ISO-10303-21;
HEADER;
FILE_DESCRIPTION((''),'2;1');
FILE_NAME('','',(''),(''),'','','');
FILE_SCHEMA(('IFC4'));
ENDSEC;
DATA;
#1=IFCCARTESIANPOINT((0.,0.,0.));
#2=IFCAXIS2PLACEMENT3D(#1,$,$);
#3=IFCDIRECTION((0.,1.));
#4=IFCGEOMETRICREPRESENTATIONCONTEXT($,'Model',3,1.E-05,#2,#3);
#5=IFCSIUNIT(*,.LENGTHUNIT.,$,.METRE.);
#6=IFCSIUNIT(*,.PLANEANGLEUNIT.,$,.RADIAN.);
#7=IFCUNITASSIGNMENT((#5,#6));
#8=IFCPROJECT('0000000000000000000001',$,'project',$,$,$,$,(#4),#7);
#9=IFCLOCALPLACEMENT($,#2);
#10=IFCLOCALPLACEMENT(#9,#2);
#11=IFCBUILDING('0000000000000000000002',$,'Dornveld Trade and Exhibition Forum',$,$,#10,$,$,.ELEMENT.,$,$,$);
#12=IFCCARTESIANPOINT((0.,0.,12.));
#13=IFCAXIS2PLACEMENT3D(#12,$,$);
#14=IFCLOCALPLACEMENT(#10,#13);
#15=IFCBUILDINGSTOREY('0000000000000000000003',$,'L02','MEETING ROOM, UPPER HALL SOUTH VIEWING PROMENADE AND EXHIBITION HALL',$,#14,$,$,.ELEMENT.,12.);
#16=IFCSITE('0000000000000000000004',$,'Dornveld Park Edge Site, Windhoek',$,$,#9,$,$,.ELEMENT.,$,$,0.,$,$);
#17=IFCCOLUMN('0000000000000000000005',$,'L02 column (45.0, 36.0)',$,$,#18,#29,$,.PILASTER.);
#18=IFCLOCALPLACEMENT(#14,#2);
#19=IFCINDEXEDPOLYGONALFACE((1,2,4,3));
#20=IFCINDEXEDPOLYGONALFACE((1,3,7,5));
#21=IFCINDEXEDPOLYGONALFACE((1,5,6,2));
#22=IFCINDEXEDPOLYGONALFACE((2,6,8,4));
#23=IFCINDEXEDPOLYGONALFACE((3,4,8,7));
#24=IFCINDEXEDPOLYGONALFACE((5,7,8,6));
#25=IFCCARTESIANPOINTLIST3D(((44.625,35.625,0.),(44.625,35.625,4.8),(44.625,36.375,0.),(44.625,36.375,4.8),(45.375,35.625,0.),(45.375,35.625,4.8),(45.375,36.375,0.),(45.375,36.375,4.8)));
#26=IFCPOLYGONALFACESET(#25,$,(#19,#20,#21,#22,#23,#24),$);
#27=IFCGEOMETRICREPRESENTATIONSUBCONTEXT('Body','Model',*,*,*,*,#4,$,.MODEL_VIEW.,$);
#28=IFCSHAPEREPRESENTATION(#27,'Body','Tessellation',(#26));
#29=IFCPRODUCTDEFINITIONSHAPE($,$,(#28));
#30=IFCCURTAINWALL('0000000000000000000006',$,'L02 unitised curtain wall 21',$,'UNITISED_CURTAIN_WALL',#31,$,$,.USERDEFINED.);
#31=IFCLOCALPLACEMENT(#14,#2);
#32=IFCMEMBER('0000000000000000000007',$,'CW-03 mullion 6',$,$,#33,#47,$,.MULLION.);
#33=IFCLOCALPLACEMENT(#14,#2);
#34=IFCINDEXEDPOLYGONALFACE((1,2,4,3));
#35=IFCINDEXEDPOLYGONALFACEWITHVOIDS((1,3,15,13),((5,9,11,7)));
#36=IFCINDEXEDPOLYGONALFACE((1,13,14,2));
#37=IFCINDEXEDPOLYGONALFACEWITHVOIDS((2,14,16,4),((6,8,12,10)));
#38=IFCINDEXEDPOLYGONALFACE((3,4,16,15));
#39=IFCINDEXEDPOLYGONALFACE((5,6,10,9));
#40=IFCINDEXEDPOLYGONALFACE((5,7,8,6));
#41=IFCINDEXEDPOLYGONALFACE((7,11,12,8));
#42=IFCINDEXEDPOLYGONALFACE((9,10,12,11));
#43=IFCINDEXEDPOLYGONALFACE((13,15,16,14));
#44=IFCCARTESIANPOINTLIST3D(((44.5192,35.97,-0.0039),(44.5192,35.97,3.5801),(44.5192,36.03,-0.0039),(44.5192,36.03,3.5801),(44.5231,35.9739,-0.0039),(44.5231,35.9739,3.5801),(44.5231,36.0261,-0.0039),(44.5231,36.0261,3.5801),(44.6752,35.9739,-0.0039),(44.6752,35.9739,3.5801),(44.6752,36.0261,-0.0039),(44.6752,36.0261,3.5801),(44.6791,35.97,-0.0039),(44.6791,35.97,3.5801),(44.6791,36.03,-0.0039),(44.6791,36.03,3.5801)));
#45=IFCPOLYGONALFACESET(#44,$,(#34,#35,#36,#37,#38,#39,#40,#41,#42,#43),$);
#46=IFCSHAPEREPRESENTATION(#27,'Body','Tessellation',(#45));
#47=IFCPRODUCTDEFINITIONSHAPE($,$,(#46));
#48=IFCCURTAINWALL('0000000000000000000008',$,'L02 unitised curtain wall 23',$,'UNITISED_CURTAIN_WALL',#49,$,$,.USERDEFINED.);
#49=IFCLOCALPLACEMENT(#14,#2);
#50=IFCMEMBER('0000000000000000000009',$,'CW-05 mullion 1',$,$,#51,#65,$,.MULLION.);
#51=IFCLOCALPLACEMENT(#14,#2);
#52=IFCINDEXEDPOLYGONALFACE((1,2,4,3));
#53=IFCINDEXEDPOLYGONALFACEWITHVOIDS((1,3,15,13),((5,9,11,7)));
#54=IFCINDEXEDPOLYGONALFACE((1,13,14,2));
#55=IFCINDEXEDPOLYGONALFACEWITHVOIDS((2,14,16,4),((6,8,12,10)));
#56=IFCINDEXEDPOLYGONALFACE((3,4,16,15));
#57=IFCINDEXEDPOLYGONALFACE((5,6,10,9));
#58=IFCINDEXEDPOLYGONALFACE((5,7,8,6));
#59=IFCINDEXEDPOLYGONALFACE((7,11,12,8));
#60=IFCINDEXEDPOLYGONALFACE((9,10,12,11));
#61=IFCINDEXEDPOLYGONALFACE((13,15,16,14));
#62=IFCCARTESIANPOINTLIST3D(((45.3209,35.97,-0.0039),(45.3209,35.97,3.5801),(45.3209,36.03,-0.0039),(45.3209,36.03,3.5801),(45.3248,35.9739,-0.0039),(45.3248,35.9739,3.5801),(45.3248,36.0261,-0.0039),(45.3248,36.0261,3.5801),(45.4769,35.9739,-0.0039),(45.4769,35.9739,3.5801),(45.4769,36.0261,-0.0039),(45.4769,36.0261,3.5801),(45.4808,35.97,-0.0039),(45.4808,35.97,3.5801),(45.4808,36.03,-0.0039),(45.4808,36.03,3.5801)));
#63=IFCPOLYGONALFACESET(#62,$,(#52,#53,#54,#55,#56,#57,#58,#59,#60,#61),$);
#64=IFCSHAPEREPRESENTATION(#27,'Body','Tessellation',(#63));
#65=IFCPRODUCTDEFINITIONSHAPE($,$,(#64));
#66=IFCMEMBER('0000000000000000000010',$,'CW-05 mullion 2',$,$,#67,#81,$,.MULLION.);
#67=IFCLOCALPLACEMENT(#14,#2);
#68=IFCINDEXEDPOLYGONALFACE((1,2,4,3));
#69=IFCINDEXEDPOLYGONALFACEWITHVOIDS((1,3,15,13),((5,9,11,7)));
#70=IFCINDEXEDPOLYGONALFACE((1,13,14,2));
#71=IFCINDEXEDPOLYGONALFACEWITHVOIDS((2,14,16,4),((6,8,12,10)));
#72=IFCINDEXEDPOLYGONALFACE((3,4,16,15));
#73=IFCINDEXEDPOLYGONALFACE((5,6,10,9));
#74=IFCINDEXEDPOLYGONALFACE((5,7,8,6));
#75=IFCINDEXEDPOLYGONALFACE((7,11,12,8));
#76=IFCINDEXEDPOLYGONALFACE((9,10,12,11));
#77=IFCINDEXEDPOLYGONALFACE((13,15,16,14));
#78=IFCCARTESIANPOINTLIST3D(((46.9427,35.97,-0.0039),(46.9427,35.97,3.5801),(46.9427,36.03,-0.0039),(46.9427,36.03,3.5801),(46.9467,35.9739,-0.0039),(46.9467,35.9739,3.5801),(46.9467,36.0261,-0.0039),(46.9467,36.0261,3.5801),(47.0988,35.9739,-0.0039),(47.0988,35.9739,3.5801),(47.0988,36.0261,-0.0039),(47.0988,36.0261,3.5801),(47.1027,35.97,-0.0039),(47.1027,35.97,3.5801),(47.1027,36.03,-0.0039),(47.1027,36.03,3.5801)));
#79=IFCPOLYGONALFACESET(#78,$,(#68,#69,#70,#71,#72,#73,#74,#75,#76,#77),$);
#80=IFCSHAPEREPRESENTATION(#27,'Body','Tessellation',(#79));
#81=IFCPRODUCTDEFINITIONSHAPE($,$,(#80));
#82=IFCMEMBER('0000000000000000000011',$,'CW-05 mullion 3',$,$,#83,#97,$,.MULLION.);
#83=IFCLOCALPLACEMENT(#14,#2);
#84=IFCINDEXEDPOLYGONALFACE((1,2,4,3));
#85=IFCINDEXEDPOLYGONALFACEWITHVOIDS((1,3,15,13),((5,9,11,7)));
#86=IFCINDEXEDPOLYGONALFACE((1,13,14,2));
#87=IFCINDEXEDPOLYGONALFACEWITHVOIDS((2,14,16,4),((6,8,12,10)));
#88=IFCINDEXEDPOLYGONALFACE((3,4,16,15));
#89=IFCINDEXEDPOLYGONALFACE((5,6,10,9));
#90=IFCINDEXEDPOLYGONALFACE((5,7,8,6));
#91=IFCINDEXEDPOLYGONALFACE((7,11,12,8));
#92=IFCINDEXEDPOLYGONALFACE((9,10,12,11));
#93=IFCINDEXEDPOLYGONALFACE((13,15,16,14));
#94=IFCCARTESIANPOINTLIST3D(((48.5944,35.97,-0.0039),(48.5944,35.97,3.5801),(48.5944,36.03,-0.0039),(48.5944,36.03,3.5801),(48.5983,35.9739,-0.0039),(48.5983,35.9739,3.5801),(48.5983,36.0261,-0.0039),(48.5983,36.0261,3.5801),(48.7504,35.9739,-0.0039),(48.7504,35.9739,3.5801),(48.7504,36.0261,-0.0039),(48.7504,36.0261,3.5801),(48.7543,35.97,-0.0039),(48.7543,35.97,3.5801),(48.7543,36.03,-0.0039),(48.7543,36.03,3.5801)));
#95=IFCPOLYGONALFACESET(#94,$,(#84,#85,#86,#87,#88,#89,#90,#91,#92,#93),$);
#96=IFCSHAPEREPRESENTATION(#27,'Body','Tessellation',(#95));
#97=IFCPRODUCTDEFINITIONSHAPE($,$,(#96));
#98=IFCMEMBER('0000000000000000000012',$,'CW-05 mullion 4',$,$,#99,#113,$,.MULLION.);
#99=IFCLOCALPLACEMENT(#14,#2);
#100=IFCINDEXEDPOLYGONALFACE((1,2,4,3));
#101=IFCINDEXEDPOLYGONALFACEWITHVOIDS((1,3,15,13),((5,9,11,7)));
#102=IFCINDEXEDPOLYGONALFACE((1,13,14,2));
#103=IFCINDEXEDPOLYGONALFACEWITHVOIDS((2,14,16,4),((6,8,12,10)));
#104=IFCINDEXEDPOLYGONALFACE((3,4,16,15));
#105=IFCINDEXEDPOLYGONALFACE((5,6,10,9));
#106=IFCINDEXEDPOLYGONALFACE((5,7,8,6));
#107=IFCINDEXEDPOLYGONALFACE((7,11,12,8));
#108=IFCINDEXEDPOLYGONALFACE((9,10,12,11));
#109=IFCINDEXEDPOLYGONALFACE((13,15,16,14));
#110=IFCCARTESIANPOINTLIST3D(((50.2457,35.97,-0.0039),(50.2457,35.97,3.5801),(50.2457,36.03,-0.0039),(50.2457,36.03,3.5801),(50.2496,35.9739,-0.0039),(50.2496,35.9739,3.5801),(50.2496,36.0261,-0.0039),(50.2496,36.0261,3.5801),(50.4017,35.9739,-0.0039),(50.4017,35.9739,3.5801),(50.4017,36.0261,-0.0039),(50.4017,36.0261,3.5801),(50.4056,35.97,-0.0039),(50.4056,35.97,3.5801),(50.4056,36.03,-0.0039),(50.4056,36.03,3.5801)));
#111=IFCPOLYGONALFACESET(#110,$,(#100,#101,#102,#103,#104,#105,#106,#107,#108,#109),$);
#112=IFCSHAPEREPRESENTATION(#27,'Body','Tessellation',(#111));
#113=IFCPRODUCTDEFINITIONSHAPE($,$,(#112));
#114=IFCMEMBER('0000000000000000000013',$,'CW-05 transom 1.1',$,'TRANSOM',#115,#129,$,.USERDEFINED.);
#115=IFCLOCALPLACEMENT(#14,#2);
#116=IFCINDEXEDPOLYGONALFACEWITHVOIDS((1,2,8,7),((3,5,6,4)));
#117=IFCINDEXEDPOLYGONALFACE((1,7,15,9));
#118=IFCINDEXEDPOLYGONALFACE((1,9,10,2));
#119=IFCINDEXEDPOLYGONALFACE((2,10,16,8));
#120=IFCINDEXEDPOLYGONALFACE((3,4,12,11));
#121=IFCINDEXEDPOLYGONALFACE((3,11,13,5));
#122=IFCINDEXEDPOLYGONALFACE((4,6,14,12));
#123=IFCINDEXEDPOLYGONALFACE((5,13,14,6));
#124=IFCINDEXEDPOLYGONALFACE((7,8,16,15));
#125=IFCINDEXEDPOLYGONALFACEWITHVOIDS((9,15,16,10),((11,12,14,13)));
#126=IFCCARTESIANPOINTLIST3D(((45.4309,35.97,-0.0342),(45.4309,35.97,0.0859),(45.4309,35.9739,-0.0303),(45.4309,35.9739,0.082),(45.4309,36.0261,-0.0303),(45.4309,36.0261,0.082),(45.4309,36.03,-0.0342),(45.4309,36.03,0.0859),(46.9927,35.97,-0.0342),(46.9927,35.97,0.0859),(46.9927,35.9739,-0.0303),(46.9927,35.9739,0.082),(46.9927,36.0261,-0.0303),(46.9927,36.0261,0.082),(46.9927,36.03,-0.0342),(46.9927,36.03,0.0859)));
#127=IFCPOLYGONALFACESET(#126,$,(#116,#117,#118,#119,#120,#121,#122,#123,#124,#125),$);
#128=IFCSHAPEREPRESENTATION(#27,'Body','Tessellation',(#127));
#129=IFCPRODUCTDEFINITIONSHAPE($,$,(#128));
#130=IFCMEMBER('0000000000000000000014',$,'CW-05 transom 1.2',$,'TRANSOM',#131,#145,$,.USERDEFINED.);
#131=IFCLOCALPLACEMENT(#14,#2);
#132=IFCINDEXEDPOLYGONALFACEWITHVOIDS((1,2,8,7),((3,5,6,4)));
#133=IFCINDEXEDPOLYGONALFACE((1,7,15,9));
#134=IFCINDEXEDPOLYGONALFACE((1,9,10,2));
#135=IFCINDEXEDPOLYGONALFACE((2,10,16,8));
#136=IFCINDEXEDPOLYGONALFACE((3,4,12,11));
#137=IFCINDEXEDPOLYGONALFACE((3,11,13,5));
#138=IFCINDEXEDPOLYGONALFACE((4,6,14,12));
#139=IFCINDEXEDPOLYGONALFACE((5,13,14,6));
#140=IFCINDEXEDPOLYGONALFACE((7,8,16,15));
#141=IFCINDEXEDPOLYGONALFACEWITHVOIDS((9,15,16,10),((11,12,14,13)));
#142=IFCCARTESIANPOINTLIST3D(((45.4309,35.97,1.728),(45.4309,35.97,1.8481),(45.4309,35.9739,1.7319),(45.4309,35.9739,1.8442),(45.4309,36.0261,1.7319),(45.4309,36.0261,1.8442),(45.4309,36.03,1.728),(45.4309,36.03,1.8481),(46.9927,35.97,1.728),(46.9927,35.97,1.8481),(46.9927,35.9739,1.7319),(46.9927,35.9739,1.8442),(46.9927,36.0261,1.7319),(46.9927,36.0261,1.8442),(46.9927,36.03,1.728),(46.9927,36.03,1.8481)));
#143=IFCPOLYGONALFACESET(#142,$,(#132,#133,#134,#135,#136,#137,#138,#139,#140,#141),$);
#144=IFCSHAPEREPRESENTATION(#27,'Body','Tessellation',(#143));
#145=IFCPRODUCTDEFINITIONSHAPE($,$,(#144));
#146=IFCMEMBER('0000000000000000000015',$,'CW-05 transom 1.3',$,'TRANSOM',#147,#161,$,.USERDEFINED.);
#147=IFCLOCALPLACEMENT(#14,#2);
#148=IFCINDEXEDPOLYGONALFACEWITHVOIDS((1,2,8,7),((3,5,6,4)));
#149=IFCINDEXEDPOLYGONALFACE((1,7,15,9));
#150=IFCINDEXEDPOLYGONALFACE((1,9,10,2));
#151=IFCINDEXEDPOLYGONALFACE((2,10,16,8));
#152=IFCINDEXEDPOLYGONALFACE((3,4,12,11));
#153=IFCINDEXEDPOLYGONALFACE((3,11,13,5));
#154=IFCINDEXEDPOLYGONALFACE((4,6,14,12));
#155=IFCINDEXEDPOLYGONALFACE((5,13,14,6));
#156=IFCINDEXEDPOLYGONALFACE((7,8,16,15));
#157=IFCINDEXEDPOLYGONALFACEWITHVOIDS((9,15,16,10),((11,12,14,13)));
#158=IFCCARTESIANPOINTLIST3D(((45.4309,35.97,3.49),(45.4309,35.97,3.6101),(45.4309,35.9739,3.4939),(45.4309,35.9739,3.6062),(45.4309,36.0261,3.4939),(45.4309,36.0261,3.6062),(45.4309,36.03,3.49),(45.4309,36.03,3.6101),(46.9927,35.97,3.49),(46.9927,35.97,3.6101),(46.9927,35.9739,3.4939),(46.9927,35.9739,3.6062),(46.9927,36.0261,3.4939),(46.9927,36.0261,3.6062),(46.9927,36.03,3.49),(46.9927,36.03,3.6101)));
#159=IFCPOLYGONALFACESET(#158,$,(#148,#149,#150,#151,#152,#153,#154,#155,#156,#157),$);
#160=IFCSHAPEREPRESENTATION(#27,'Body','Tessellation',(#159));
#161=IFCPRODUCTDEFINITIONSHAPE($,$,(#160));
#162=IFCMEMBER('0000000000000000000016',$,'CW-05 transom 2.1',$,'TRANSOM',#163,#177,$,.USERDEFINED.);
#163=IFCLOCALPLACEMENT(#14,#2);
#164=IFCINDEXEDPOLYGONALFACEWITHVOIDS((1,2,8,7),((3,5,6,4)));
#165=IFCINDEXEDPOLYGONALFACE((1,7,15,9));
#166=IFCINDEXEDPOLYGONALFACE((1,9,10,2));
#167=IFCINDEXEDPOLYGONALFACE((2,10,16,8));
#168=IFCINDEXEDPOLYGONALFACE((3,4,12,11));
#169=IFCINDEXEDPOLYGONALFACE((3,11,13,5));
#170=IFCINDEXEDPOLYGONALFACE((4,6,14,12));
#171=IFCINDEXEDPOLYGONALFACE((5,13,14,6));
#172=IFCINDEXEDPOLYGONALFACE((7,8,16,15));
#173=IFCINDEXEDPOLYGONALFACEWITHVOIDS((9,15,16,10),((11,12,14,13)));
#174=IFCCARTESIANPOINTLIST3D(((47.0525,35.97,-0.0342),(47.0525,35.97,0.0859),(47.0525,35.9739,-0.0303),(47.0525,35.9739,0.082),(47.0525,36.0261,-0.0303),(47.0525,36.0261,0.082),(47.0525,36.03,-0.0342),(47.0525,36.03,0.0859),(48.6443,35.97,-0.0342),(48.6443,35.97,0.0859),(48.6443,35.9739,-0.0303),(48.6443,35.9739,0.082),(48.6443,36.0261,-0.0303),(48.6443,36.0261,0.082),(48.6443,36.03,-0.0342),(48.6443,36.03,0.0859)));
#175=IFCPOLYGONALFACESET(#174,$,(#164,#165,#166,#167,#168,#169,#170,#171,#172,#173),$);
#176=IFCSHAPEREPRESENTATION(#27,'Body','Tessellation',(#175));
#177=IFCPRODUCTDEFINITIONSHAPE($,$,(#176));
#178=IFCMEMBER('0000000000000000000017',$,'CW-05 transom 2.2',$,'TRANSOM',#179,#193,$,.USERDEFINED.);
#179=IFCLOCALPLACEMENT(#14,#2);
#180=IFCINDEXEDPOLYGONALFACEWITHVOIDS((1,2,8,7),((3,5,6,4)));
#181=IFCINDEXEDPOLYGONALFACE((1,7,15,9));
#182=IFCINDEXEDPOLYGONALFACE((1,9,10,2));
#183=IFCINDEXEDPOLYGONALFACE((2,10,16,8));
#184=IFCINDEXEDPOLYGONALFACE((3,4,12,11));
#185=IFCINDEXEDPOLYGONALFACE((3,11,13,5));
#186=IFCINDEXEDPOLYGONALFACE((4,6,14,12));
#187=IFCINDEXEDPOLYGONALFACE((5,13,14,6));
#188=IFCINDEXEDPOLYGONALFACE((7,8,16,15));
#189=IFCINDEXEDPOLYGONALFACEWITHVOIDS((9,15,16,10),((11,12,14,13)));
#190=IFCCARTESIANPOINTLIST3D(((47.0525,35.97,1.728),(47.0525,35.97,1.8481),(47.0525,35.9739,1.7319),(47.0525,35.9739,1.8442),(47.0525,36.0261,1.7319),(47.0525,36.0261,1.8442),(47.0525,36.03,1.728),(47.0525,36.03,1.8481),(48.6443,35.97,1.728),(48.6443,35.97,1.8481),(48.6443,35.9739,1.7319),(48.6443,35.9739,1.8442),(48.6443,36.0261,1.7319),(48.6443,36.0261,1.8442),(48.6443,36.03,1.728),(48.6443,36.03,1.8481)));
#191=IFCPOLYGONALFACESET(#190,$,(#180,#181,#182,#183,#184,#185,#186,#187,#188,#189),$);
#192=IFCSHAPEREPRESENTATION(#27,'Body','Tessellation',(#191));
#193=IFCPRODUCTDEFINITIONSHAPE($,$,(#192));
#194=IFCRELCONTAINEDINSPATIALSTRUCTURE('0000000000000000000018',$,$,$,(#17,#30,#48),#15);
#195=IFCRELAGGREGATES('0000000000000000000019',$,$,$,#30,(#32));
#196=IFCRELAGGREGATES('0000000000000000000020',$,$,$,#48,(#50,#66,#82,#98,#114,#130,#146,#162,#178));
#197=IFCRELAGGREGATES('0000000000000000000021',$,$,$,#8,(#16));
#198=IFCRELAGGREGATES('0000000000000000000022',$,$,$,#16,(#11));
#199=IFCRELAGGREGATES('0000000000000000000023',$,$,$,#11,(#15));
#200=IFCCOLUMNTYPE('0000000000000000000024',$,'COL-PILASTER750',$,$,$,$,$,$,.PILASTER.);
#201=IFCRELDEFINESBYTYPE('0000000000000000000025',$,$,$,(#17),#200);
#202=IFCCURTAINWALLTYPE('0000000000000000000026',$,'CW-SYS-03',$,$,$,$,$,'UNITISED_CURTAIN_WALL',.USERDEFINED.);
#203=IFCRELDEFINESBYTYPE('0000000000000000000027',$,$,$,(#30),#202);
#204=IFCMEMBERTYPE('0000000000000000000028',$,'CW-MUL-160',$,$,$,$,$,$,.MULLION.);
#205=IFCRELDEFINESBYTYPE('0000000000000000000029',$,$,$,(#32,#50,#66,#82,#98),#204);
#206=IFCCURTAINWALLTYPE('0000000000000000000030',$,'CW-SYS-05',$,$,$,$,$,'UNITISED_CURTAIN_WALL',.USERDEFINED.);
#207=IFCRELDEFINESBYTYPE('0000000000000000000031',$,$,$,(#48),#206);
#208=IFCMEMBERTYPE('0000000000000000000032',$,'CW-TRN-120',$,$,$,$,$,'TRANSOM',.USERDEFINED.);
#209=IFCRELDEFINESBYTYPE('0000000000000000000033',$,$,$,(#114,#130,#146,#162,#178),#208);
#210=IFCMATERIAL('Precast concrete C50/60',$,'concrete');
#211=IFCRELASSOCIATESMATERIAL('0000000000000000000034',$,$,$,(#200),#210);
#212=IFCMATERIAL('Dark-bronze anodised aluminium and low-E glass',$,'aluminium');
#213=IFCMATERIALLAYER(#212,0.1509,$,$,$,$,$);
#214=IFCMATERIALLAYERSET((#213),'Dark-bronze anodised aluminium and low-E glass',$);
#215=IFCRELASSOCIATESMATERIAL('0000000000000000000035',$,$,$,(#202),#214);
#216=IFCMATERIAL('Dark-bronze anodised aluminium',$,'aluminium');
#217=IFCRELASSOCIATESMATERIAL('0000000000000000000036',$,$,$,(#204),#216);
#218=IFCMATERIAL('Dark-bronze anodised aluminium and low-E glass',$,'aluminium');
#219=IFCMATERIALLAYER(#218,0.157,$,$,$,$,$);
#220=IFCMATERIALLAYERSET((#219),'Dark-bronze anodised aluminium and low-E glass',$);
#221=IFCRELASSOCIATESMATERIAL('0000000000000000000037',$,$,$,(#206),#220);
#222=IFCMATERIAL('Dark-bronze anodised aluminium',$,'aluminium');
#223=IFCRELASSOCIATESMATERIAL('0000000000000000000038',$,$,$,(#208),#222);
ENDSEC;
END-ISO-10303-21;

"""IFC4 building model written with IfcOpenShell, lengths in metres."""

from ifc_helpers import new_model, si_unit, direction, frame, origin, origin_2d, place, context, subcontext, project, spatial, rectangle, hollow_rectangle, extrude, material, layer, layer_set, material_profile, profile_set, type_object, element, aggregate, save


model = new_model("IFC4")

# Units and contexts
model_context = context("Model", 3, precision=1e-05, world=origin(), true_north=direction((0.0, 1.0)))
body_context = subcontext(model_context, "Body", "Model", "MODEL_VIEW")
ifc_project = project(units=[si_unit("LENGTHUNIT", "METRE"), si_unit("PLANEANGLEUNIT", "RADIAN")], contexts=[model_context])

# Site, building, storey
site_placement = place(None, origin())
site = spatial("IfcSite", under=ifc_project, at=site_placement, Name="Dornveld Park Edge Site, Windhoek", CompositionType="ELEMENT", RefElevation=0.0)
building_placement = place(site_placement, origin())
building = spatial("IfcBuilding", under=site, at=building_placement, Name="Dornveld Trade and Exhibition Forum", CompositionType="ELEMENT")
storey_placement = place(building_placement, frame((0.0, 0.0, 12.0)))
storey = spatial("IfcBuildingStorey", under=building, at=storey_placement, Name="L02", Description="MEETING ROOM, UPPER HALL SOUTH VIEWING PROMENADE AND EXHIBITION HALL", CompositionType="ELEMENT", Elevation=12.0)

# Column
ifc_material_1 = material(Name="Precast concrete C50/60", Category="concrete")
ifc_material_profile_1 = material_profile(ifc_material_1, rectangle(XDim=0.75, YDim=0.75, at=origin_2d()), Name="PC-COL 750x750")
ifc_profile_set_1 = profile_set([ifc_material_profile_1], Name="Precast concrete C50/60")
column_type = type_object("IfcColumnType", Name="COL-PILASTER750", PredefinedType="PILASTER", material=ifc_profile_set_1)
column_placement = place(storey_placement, frame((45.0, 36.0, 0.0), z_axis=(0.0, 0.0, 1.0), x_axis=(1.0, 0.0, 0.0)))
element("IfcColumn", 1, at=column_placement, inside=storey, type_object=column_type, Name="L02 column (45.0, 36.0)", PredefinedType="PILASTER", context=body_context, shape_type="SweptSolid", body=[
    extrude(rectangle(XDim=0.75, YDim=0.75, at=origin_2d()), origin(), (0.0, 0.0, 1.0), 4.8),
])

# Curtain wall, member
ifc_material_2 = material(Name="Dark-bronze anodised aluminium and low-E glass", Category="aluminium")
ifc_layer_1 = layer(ifc_material_2, 0.1509)
ifc_layer_set_1 = layer_set([ifc_layer_1], Name="Dark-bronze anodised aluminium and low-E glass")
curtain_wall_type_1 = type_object("IfcCurtainWallType", Name="CW-SYS-03", ElementType="UNITISED_CURTAIN_WALL", PredefinedType="USERDEFINED", material=ifc_layer_set_1)
curtain_wall_1_placement = place(storey_placement, origin())
curtain_wall_1 = element("IfcCurtainWall", 2, at=curtain_wall_1_placement, inside=storey, type_object=curtain_wall_type_1, Name="L02 unitised curtain wall 21", ObjectType="UNITISED_CURTAIN_WALL", PredefinedType="USERDEFINED")
ifc_material_3 = material(Name="Dark-bronze anodised aluminium", Category="aluminium")
ifc_material_profile_2 = material_profile(ifc_material_3, hollow_rectangle(XDim=0.0601, YDim=0.1599, WallThickness=0.0039, at=origin_2d()), Name="RHS 160x60x4")
ifc_profile_set_2 = profile_set([ifc_material_profile_2], Name="Dark-bronze anodised aluminium")
member_type_1 = type_object("IfcMemberType", Name="CW-MUL-160", PredefinedType="MULLION", material=ifc_profile_set_2)
member_1_placement = place(storey_placement, frame((44.5991, 36.0, -0.0039), z_axis=(0.0, 0.0, 1.0), x_axis=(0.0, 1.0, 0.0)))
member_1 = element("IfcMember", 3, at=member_1_placement, type_object=member_type_1, Name="CW-03 mullion 6", PredefinedType="MULLION", context=body_context, shape_type="SweptSolid", body=[
    extrude(hollow_rectangle(XDim=0.0601, YDim=0.1599, WallThickness=0.0039, at=origin_2d()), origin(), (0.0, 0.0, 1.0), 3.584),
])

# Curtain wall, members
ifc_material_4 = material(Name="Dark-bronze anodised aluminium and low-E glass", Category="aluminium")
ifc_layer_2 = layer(ifc_material_4, 0.157)
ifc_layer_set_2 = layer_set([ifc_layer_2], Name="Dark-bronze anodised aluminium and low-E glass")
curtain_wall_type_2 = type_object("IfcCurtainWallType", Name="CW-SYS-05", ElementType="UNITISED_CURTAIN_WALL", PredefinedType="USERDEFINED", material=ifc_layer_set_2)
curtain_wall_2_placement = place(storey_placement, origin())
curtain_wall_2 = element("IfcCurtainWall", 4, at=curtain_wall_2_placement, inside=storey, type_object=curtain_wall_type_2, Name="L02 unitised curtain wall 23", ObjectType="UNITISED_CURTAIN_WALL", PredefinedType="USERDEFINED")
member_2_placement = place(storey_placement, frame((45.4009, 36.0, -0.0039), z_axis=(0.0, 0.0, 1.0), x_axis=(0.0, 1.0, 0.0)))
member_2 = element("IfcMember", 5, at=member_2_placement, type_object=member_type_1, Name="CW-05 mullion 1", PredefinedType="MULLION", context=body_context, shape_type="SweptSolid", body=[
    extrude(hollow_rectangle(XDim=0.0601, YDim=0.1599, WallThickness=0.0039, at=origin_2d()), origin(), (0.0, 0.0, 1.0), 3.584),
])
member_3_placement = place(storey_placement, frame((47.0227, 36.0, -0.0039), z_axis=(0.0, 0.0, 1.0), x_axis=(0.0, 1.0, 0.0)))
member_3 = element("IfcMember", 6, at=member_3_placement, type_object=member_type_1, Name="CW-05 mullion 2", PredefinedType="MULLION", context=body_context, shape_type="SweptSolid", body=[
    extrude(hollow_rectangle(XDim=0.0601, YDim=0.1599, WallThickness=0.0039, at=origin_2d()), origin(), (0.0, 0.0, 1.0), 3.584),
])
member_4_placement = place(storey_placement, frame((48.6743, 36.0, -0.0039), z_axis=(0.0, 0.0, 1.0), x_axis=(0.0, 1.0, 0.0)))
member_4 = element("IfcMember", 7, at=member_4_placement, type_object=member_type_1, Name="CW-05 mullion 3", PredefinedType="MULLION", context=body_context, shape_type="SweptSolid", body=[
    extrude(hollow_rectangle(XDim=0.0601, YDim=0.1599, WallThickness=0.0039, at=origin_2d()), origin(), (0.0, 0.0, 1.0), 3.584),
])
member_5_placement = place(storey_placement, frame((50.3257, 36.0, -0.0039), z_axis=(0.0, 0.0, 1.0), x_axis=(0.0, 1.0, 0.0)))
member_5 = element("IfcMember", 8, at=member_5_placement, type_object=member_type_1, Name="CW-05 mullion 4", PredefinedType="MULLION", context=body_context, shape_type="SweptSolid", body=[
    extrude(hollow_rectangle(XDim=0.0601, YDim=0.1599, WallThickness=0.0039, at=origin_2d()), origin(), (0.0, 0.0, 1.0), 3.584),
])
ifc_material_5 = material(Name="Dark-bronze anodised aluminium", Category="aluminium")
ifc_material_profile_3 = material_profile(ifc_material_5, hollow_rectangle(XDim=0.0601, YDim=0.1201, WallThickness=0.0039, at=origin_2d()), Name="RHS 120x60x4")
ifc_profile_set_3 = profile_set([ifc_material_profile_3], Name="Dark-bronze anodised aluminium")
member_type_2 = type_object("IfcMemberType", Name="CW-TRN-120", ElementType="TRANSOM", PredefinedType="USERDEFINED", material=ifc_profile_set_3)
member_6_placement = place(storey_placement, frame((45.4309, 36.0, 0.0259), z_axis=(1.0, 0.0, 0.0), x_axis=(0.0, 1.0, 0.0)))
member_6 = element("IfcMember", 9, at=member_6_placement, type_object=member_type_2, Name="CW-05 transom 1.1", ObjectType="TRANSOM", PredefinedType="USERDEFINED", context=body_context, shape_type="SweptSolid", body=[
    extrude(hollow_rectangle(XDim=0.0601, YDim=0.1201, WallThickness=0.0039, at=origin_2d()), origin(), (0.0, 0.0, 1.0), 1.5618),
])
member_7_placement = place(storey_placement, frame((45.4309, 36.0, 1.7881), z_axis=(1.0, 0.0, 0.0), x_axis=(0.0, 1.0, 0.0)))
member_7 = element("IfcMember", 10, at=member_7_placement, type_object=member_type_2, Name="CW-05 transom 1.2", ObjectType="TRANSOM", PredefinedType="USERDEFINED", context=body_context, shape_type="SweptSolid", body=[
    extrude(hollow_rectangle(XDim=0.0601, YDim=0.1201, WallThickness=0.0039, at=origin_2d()), origin(), (0.0, 0.0, 1.0), 1.5618),
])
member_8_placement = place(storey_placement, frame((45.4309, 36.0, 3.55), z_axis=(1.0, 0.0, 0.0), x_axis=(0.0, 1.0, 0.0)))
member_8 = element("IfcMember", 11, at=member_8_placement, type_object=member_type_2, Name="CW-05 transom 1.3", ObjectType="TRANSOM", PredefinedType="USERDEFINED", context=body_context, shape_type="SweptSolid", body=[
    extrude(hollow_rectangle(XDim=0.0601, YDim=0.1201, WallThickness=0.0039, at=origin_2d()), origin(), (0.0, 0.0, 1.0), 1.5618),
])
member_9_placement = place(storey_placement, frame((47.0525, 36.0, 0.0259), z_axis=(1.0, 0.0, 0.0), x_axis=(0.0, 1.0, 0.0)))
member_9 = element("IfcMember", 12, at=member_9_placement, type_object=member_type_2, Name="CW-05 transom 2.1", ObjectType="TRANSOM", PredefinedType="USERDEFINED", context=body_context, shape_type="SweptSolid", body=[
    extrude(hollow_rectangle(XDim=0.0601, YDim=0.1201, WallThickness=0.0039, at=origin_2d()), origin(), (0.0, 0.0, 1.0), 1.5918),
])
member_10_placement = place(storey_placement, frame((47.0525, 36.0, 1.7881), z_axis=(1.0, 0.0, 0.0), x_axis=(0.0, 1.0, 0.0)))
member_10 = element("IfcMember", 13, at=member_10_placement, type_object=member_type_2, Name="CW-05 transom 2.2", ObjectType="TRANSOM", PredefinedType="USERDEFINED", context=body_context, shape_type="SweptSolid", body=[
    extrude(hollow_rectangle(XDim=0.0601, YDim=0.1201, WallThickness=0.0039, at=origin_2d()), origin(), (0.0, 0.0, 1.0), 1.5918),
])

aggregate(curtain_wall_1, [member_1])
aggregate(curtain_wall_2, [member_2, member_3, member_4, member_5, member_6, member_7, member_8, member_9, member_10])

save(model, "model.ifc")
